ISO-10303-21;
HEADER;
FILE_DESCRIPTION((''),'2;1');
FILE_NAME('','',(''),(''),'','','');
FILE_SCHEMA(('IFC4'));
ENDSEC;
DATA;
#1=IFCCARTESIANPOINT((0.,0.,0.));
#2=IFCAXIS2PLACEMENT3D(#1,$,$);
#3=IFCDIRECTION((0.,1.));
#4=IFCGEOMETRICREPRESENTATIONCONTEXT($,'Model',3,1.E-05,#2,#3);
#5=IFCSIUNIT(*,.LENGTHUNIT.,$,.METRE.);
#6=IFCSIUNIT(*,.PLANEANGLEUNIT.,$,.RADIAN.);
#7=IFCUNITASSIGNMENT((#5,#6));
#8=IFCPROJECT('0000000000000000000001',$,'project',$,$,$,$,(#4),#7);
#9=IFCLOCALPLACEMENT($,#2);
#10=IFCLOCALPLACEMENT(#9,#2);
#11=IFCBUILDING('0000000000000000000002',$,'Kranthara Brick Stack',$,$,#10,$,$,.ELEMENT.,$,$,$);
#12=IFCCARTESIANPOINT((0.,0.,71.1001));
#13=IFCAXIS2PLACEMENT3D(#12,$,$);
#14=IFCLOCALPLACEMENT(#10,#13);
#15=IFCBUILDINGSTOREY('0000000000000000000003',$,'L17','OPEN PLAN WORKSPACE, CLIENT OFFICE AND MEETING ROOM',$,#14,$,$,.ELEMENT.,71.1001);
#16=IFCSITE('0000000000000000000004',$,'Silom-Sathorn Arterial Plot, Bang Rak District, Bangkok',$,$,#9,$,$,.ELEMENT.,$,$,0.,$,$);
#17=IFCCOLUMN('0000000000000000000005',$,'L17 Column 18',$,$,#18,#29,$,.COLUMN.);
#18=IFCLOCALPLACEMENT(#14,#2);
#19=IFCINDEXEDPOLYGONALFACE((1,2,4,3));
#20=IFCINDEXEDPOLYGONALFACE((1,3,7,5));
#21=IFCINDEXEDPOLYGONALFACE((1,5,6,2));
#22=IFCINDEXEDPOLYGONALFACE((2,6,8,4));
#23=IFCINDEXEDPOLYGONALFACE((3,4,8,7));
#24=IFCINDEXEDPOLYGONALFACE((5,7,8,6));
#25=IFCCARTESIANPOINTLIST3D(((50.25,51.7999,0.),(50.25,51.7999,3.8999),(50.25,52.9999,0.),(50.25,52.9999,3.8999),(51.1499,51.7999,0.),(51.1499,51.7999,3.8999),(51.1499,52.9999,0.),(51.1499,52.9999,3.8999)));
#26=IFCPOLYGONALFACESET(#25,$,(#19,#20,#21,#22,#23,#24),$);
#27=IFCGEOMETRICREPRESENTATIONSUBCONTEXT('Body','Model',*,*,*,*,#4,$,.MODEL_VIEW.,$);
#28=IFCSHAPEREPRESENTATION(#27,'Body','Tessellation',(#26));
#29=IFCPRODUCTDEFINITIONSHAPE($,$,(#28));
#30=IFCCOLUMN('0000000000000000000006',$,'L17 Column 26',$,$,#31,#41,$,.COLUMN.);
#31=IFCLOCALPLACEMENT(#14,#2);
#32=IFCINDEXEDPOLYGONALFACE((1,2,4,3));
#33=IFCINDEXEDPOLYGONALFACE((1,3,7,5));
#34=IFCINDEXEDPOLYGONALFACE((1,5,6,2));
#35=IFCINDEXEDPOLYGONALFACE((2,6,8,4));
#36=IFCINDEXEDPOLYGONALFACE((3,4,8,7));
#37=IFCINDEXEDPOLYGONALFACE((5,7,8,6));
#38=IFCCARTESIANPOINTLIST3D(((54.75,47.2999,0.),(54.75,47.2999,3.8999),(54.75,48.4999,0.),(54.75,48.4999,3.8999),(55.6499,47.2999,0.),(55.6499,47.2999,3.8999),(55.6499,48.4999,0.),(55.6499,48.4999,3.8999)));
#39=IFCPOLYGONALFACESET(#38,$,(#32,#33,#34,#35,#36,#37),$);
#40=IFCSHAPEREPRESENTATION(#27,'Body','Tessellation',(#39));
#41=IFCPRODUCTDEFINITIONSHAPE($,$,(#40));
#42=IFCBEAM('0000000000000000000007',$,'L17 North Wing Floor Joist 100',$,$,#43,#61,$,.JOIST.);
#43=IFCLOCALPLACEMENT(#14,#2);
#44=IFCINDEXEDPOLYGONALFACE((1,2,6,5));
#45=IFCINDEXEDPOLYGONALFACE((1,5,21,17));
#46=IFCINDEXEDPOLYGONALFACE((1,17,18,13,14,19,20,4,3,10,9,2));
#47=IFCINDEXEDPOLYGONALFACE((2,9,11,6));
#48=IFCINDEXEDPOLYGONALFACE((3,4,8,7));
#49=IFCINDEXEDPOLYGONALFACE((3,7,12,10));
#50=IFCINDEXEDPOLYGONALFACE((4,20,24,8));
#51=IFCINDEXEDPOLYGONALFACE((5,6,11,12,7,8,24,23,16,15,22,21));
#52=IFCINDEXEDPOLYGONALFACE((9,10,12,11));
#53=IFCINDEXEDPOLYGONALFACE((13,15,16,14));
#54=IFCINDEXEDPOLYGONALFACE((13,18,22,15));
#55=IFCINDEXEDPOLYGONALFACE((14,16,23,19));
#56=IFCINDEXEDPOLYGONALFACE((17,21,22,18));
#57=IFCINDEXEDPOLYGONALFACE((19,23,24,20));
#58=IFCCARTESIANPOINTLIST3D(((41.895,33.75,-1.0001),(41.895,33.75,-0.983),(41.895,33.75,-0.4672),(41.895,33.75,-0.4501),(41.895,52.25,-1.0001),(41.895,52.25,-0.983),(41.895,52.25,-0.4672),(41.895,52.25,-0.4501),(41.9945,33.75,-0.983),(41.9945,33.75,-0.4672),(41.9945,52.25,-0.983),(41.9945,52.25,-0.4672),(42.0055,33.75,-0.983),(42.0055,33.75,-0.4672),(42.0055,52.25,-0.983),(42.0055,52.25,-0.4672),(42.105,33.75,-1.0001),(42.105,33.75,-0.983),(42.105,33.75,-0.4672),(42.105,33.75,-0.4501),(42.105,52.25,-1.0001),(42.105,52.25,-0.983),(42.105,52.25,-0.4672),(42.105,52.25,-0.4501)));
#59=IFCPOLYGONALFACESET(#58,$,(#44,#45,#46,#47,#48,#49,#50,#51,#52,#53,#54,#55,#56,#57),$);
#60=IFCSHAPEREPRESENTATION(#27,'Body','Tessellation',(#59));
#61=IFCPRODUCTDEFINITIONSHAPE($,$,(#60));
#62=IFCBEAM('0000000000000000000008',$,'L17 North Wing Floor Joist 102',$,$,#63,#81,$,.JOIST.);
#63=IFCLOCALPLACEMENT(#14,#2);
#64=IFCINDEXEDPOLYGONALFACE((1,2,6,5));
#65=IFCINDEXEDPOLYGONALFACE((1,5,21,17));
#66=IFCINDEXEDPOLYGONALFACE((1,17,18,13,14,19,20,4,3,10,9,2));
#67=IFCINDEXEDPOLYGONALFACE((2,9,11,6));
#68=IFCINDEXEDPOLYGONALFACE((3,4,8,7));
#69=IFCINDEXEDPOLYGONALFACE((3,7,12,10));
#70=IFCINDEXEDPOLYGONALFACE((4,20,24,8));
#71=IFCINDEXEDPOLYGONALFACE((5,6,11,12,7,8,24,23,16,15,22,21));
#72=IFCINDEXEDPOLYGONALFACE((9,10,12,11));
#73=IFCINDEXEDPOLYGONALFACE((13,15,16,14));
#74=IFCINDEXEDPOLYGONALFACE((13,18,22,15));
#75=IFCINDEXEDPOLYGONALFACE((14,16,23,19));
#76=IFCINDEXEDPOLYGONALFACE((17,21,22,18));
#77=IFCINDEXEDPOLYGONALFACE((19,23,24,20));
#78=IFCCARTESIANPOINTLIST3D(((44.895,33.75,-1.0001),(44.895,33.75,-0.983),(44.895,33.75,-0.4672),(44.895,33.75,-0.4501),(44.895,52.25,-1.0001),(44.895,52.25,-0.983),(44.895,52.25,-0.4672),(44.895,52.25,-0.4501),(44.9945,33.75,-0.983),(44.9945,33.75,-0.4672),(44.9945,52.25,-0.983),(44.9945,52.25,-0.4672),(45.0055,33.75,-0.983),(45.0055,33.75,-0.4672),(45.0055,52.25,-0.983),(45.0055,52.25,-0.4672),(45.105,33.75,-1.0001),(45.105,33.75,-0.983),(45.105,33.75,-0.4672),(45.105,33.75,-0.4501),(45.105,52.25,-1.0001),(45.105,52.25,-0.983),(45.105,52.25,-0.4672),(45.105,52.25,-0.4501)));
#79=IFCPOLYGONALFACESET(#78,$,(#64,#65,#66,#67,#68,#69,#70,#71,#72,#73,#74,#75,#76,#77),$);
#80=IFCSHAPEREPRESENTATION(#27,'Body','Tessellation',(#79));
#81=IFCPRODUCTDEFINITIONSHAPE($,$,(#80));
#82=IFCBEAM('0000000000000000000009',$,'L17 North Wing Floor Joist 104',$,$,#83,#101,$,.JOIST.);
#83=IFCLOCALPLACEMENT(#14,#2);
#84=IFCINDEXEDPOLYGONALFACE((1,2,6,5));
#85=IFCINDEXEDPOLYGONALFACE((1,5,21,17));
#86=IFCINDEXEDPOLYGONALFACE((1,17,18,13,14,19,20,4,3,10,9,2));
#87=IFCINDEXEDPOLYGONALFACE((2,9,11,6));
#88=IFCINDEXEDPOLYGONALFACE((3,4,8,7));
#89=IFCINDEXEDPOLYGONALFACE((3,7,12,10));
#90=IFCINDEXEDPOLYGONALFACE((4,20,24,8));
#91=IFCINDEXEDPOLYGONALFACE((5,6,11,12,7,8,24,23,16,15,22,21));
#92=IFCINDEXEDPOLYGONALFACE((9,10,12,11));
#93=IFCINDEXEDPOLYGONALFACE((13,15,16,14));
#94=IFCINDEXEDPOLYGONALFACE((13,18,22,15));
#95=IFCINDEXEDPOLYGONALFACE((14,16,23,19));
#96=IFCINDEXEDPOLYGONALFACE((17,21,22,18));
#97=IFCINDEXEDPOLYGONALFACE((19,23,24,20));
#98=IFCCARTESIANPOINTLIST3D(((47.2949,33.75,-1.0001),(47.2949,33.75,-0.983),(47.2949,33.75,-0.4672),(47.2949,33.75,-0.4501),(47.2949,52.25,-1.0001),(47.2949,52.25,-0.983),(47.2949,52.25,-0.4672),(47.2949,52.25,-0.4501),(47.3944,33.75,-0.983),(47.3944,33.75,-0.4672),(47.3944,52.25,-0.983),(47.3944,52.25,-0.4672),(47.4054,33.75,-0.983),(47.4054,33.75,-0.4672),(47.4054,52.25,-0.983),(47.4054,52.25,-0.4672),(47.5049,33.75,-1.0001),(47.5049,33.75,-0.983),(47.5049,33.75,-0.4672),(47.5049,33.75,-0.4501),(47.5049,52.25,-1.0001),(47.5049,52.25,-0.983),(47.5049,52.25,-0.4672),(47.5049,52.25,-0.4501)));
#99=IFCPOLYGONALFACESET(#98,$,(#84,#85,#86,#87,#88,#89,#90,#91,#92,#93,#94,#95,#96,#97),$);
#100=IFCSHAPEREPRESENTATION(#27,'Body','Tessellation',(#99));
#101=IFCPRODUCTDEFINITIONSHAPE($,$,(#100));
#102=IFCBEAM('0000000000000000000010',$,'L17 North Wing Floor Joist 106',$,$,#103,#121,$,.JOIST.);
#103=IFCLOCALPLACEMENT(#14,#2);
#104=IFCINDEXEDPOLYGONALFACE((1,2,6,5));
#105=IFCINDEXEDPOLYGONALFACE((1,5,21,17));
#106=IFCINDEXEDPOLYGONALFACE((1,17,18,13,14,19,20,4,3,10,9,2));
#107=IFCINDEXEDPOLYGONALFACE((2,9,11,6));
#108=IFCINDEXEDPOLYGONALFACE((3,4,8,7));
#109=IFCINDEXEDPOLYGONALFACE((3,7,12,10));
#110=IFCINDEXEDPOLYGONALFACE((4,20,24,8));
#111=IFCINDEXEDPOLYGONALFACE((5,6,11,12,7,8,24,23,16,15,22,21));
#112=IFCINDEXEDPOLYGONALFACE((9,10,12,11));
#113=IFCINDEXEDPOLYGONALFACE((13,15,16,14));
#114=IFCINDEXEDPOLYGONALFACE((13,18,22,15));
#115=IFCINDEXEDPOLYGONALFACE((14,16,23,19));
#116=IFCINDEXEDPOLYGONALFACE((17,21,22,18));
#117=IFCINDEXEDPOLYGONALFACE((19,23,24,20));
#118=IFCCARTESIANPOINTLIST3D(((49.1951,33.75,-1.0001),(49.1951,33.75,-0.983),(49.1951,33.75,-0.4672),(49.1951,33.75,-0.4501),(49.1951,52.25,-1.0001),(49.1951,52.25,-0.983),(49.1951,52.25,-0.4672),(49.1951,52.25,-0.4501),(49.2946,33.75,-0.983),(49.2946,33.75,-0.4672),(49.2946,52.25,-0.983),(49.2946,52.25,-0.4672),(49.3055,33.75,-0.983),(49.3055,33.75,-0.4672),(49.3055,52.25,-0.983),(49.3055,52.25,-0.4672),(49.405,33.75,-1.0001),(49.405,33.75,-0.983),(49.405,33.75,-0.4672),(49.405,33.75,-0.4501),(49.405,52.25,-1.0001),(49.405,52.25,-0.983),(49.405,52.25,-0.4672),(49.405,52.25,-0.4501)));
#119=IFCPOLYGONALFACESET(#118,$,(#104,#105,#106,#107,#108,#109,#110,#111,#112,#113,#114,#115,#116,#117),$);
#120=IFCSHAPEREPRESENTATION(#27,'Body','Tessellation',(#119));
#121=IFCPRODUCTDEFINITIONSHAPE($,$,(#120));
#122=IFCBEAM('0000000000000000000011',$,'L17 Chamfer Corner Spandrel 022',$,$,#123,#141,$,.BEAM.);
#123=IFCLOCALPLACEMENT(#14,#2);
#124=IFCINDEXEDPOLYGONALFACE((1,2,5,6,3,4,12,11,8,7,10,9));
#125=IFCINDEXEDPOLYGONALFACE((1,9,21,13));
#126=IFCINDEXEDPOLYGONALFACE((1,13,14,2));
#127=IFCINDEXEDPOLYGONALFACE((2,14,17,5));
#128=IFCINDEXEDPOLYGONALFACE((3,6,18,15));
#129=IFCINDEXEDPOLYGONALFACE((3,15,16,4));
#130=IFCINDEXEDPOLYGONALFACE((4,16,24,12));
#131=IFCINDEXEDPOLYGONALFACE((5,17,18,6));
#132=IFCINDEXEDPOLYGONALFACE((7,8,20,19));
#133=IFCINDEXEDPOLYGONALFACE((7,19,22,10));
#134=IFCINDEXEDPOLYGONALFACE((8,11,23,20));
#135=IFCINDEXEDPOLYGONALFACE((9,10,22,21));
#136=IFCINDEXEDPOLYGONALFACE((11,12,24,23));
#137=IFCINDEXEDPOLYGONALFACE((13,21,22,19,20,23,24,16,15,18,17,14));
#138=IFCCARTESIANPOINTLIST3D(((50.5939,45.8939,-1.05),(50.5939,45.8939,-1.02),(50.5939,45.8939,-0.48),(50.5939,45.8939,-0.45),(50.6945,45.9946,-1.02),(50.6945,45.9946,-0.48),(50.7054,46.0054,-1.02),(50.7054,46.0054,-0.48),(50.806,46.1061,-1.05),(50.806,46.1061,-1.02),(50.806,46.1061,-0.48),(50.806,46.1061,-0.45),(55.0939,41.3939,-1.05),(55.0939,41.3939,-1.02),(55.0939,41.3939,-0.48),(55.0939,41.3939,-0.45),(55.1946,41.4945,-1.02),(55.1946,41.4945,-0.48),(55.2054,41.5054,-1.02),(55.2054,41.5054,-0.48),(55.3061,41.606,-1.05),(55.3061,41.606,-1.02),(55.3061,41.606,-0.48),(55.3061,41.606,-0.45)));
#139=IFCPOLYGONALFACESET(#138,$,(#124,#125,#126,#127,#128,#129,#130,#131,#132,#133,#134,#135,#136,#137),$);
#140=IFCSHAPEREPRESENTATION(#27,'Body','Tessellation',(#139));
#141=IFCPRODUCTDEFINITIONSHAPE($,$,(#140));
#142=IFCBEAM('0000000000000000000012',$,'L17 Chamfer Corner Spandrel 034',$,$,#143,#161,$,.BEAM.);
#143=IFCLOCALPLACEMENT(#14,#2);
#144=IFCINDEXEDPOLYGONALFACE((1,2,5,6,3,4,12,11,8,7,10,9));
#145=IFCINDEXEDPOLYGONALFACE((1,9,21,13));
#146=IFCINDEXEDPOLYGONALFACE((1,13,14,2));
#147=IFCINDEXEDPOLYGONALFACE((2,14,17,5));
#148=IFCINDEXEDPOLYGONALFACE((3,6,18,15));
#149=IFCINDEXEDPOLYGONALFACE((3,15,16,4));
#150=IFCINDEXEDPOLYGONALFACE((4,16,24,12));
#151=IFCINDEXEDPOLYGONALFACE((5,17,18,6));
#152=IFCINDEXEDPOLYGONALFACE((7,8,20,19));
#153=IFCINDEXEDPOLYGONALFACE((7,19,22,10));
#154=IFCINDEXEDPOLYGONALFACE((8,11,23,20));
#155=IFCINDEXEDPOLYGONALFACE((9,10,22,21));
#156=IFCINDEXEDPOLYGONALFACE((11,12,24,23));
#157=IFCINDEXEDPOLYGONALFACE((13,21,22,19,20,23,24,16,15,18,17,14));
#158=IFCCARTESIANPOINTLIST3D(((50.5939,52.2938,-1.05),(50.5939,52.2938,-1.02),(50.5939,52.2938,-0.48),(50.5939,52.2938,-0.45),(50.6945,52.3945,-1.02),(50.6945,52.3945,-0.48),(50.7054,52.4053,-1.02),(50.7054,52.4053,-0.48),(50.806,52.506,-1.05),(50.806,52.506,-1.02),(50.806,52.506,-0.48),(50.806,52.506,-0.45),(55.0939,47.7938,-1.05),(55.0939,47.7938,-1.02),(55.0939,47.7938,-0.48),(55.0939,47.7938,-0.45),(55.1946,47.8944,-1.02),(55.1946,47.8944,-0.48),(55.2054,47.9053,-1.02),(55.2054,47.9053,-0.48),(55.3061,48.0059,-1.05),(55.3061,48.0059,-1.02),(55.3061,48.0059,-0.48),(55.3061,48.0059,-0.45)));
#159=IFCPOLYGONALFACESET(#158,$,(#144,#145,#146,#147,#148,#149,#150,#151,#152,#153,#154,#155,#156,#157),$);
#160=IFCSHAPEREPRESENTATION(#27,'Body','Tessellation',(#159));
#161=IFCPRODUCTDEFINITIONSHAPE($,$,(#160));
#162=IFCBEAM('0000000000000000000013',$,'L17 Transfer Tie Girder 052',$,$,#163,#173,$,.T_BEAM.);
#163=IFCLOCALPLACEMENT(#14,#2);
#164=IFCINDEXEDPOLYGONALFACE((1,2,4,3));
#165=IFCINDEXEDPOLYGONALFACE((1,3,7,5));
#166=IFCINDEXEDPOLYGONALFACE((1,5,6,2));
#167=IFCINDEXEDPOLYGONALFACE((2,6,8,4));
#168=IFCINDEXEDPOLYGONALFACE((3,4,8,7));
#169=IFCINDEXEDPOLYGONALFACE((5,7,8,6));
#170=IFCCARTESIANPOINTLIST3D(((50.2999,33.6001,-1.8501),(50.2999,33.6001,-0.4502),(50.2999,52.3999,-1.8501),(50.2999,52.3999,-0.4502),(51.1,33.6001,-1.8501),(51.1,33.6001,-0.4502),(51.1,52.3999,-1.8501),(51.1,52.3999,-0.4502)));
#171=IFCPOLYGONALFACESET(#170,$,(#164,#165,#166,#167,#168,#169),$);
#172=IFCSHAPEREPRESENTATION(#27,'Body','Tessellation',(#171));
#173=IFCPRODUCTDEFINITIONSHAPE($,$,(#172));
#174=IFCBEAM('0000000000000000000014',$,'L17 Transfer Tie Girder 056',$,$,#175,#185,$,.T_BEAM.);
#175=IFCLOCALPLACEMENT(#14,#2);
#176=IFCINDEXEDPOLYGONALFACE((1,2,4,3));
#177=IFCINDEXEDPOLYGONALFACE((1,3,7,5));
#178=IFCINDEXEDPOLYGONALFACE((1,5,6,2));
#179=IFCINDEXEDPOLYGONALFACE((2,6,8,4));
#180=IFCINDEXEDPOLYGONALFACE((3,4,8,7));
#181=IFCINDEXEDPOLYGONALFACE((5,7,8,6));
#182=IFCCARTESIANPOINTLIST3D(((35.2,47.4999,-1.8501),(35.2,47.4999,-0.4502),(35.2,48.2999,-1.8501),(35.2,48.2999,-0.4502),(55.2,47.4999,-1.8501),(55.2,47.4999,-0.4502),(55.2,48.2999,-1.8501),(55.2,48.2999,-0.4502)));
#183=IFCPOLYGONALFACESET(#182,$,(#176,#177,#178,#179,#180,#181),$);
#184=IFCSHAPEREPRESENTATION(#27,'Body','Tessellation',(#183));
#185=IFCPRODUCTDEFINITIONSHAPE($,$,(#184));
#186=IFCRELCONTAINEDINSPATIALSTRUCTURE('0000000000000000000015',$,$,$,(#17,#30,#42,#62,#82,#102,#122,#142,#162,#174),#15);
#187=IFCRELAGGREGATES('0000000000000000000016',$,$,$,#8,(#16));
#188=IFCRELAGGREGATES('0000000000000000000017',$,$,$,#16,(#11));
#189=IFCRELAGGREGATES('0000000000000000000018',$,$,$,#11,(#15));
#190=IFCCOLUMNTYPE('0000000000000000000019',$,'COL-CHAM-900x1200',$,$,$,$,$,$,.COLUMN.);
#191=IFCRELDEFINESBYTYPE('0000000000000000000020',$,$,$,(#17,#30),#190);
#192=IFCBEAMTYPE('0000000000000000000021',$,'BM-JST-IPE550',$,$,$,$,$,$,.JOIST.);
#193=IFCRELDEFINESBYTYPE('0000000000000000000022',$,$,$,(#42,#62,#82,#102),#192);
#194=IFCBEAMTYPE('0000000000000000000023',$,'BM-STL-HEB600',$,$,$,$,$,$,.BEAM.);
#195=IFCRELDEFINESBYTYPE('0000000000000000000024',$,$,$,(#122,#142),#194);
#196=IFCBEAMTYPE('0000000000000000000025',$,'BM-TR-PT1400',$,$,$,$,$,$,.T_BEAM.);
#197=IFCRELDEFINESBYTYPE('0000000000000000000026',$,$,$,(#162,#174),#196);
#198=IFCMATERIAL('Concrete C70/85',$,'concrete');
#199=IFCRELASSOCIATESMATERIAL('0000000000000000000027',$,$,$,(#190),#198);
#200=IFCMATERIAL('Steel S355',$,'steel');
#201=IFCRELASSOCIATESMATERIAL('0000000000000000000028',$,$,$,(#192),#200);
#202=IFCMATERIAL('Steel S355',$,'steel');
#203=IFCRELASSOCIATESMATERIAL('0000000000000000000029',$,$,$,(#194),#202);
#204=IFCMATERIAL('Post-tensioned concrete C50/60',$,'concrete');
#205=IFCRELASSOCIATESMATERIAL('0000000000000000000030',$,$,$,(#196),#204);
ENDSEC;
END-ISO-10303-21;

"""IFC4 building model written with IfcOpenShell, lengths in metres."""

from ifc_helpers import new_model, si_unit, direction, frame, origin, origin_2d, place, context, subcontext, project, spatial, rectangle, i_section, extrude, material, material_profile, profile_set, type_object, element, save


model = new_model("IFC4")

# Units and contexts
model_context = context("Model", 3, precision=1e-05, world=origin(), true_north=direction((0.0, 1.0)))
body_context = subcontext(model_context, "Body", "Model", "MODEL_VIEW")
ifc_project = project(units=[si_unit("LENGTHUNIT", "METRE"), si_unit("PLANEANGLEUNIT", "RADIAN")], contexts=[model_context])

# Site, building, storey
site_placement = place(None, origin())
site = spatial("IfcSite", under=ifc_project, at=site_placement, Name="Silom-Sathorn Arterial Plot, Bang Rak District, Bangkok", CompositionType="ELEMENT", RefElevation=0.0)
building_placement = place(site_placement, origin())
building = spatial("IfcBuilding", under=site, at=building_placement, Name="Kranthara Brick Stack", CompositionType="ELEMENT")
storey_placement = place(building_placement, frame((0.0, 0.0, 71.1001)))
storey = spatial("IfcBuildingStorey", under=building, at=storey_placement, Name="L17", Description="OPEN PLAN WORKSPACE, CLIENT OFFICE AND MEETING ROOM", CompositionType="ELEMENT", Elevation=71.1001)

# Columns
ifc_material_1 = material(Name="Concrete C70/85", Category="concrete")
ifc_material_profile_1 = material_profile(ifc_material_1, rectangle(XDim=0.8999, YDim=1.2, at=origin_2d()), Name="RC 900x1200")
ifc_profile_set_1 = profile_set([ifc_material_profile_1], Name="Concrete C70/85")
column_type = type_object("IfcColumnType", Name="COL-CHAM-900x1200", PredefinedType="COLUMN", material=ifc_profile_set_1)
for number, where, z_axis, x_axis, name in (
    (1, (50.7, 52.3999, 0.0), (0.0, 0.0, 1.0), (1.0, 0.0, 0.0), "L17 Column 18"),
    (2, (55.2, 47.8999, 0.0), (0.0, 0.0, 1.0), (1.0, 0.0, 0.0), "L17 Column 26"),
):
    element("IfcColumn", number, at=place(storey_placement, frame(where, z_axis=z_axis, x_axis=x_axis)), inside=storey, type_object=column_type, Name=name, PredefinedType="COLUMN", context=body_context, shape_type="SweptSolid", body=[
        extrude(rectangle(XDim=0.8999, YDim=1.2, at=origin_2d()), origin(), (0.0, 0.0, 1.0), 3.8999),
    ])

# Beams
ifc_material_2 = material(Name="Steel S355", Category="steel")
ifc_material_profile_2 = material_profile(ifc_material_2, i_section(OverallWidth=0.21, OverallDepth=0.55, WebThickness=0.011, FlangeThickness=0.0171, at=origin_2d()), Name="IPE 550")
ifc_profile_set_2 = profile_set([ifc_material_profile_2], Name="Steel S355")
beam_type_1 = type_object("IfcBeamType", Name="BM-JST-IPE550", PredefinedType="JOIST", material=ifc_profile_set_2)
for number, where, z_axis, x_axis, name in (
    (3, (42.0, 33.75, -0.7251), (0.0, 1.0, 0.0), (-1.0, 0.0, 0.0), "L17 North Wing Floor Joist 100"),
    (4, (45.0, 33.75, -0.7251), (0.0, 1.0, 0.0), (-1.0, 0.0, 0.0), "L17 North Wing Floor Joist 102"),
    (5, (47.3999, 33.75, -0.7251), (0.0, 1.0, 0.0), (-1.0, 0.0, 0.0), "L17 North Wing Floor Joist 104"),
    (6, (49.3, 33.75, -0.7251), (0.0, 1.0, 0.0), (-1.0, 0.0, 0.0), "L17 North Wing Floor Joist 106"),
):
    element("IfcBeam", number, at=place(storey_placement, frame(where, z_axis=z_axis, x_axis=x_axis)), inside=storey, type_object=beam_type_1, Name=name, PredefinedType="JOIST", context=body_context, shape_type="SweptSolid", body=[
        extrude(i_section(OverallWidth=0.21, OverallDepth=0.55, WebThickness=0.011, FlangeThickness=0.0171, at=origin_2d()), origin(), (0.0, 0.0, 1.0), 18.5),
    ])
ifc_material_3 = material(Name="Steel S355", Category="steel")
ifc_material_profile_3 = material_profile(ifc_material_3, i_section(OverallWidth=0.3, OverallDepth=0.6001, WebThickness=0.0154, FlangeThickness=0.03, at=origin_2d()), Name="HEB 600")
ifc_profile_set_3 = profile_set([ifc_material_profile_3], Name="Steel S355")
beam_type_2 = type_object("IfcBeamType", Name="BM-STL-HEB600", PredefinedType="BEAM", material=ifc_profile_set_3)
for number, where, z_axis, x_axis, name in (
    (7, (50.7, 46.0, -0.75), (0.707107, -0.707107, 0.0), (0.707107, 0.707107, 0.0), "L17 Chamfer Corner Spandrel 022"),
    (8, (50.7, 52.3999, -0.75), (0.707107, -0.707107, 0.0), (0.707107, 0.707107, 0.0), "L17 Chamfer Corner Spandrel 034"),
):
    element("IfcBeam", number, at=place(storey_placement, frame(where, z_axis=z_axis, x_axis=x_axis)), inside=storey, type_object=beam_type_2, Name=name, PredefinedType="BEAM", context=body_context, shape_type="SweptSolid", body=[
        extrude(i_section(OverallWidth=0.3, OverallDepth=0.6001, WebThickness=0.0154, FlangeThickness=0.03, at=origin_2d()), origin(), (0.0, 0.0, 1.0), 6.364),
    ])
ifc_material_4 = material(Name="Post-tensioned concrete C50/60", Category="concrete")
ifc_material_profile_4 = material_profile(ifc_material_4, rectangle(XDim=0.8, YDim=1.3999, at=origin_2d()), Name="PT 800x1400")
ifc_profile_set_4 = profile_set([ifc_material_profile_4], Name="Post-tensioned concrete C50/60")
beam_type_3 = type_object("IfcBeamType", Name="BM-TR-PT1400", PredefinedType="T_BEAM", material=ifc_profile_set_4)
beam_1_placement = place(storey_placement, frame((50.7, 52.3999, -1.1501), z_axis=(0.0, -1.0, 0.0), x_axis=(1.0, 0.0, 0.0)))
element("IfcBeam", 9, at=beam_1_placement, inside=storey, type_object=beam_type_3, Name="L17 Transfer Tie Girder 052", PredefinedType="T_BEAM", context=body_context, shape_type="SweptSolid", body=[
    extrude(rectangle(XDim=0.8, YDim=1.3999, at=origin_2d()), origin(), (0.0, 0.0, 1.0), 18.7998),
])
beam_2_placement = place(storey_placement, frame((55.2, 47.8999, -1.1501), z_axis=(-1.0, 0.0, 0.0), x_axis=(0.0, -1.0, 0.0)))
element("IfcBeam", 10, at=beam_2_placement, inside=storey, type_object=beam_type_3, Name="L17 Transfer Tie Girder 056", PredefinedType="T_BEAM", context=body_context, shape_type="SweptSolid", body=[
    extrude(rectangle(XDim=0.8, YDim=1.3999, at=origin_2d()), origin(), (0.0, 0.0, 1.0), 20.0),
])

save(model, "model.ifc")
